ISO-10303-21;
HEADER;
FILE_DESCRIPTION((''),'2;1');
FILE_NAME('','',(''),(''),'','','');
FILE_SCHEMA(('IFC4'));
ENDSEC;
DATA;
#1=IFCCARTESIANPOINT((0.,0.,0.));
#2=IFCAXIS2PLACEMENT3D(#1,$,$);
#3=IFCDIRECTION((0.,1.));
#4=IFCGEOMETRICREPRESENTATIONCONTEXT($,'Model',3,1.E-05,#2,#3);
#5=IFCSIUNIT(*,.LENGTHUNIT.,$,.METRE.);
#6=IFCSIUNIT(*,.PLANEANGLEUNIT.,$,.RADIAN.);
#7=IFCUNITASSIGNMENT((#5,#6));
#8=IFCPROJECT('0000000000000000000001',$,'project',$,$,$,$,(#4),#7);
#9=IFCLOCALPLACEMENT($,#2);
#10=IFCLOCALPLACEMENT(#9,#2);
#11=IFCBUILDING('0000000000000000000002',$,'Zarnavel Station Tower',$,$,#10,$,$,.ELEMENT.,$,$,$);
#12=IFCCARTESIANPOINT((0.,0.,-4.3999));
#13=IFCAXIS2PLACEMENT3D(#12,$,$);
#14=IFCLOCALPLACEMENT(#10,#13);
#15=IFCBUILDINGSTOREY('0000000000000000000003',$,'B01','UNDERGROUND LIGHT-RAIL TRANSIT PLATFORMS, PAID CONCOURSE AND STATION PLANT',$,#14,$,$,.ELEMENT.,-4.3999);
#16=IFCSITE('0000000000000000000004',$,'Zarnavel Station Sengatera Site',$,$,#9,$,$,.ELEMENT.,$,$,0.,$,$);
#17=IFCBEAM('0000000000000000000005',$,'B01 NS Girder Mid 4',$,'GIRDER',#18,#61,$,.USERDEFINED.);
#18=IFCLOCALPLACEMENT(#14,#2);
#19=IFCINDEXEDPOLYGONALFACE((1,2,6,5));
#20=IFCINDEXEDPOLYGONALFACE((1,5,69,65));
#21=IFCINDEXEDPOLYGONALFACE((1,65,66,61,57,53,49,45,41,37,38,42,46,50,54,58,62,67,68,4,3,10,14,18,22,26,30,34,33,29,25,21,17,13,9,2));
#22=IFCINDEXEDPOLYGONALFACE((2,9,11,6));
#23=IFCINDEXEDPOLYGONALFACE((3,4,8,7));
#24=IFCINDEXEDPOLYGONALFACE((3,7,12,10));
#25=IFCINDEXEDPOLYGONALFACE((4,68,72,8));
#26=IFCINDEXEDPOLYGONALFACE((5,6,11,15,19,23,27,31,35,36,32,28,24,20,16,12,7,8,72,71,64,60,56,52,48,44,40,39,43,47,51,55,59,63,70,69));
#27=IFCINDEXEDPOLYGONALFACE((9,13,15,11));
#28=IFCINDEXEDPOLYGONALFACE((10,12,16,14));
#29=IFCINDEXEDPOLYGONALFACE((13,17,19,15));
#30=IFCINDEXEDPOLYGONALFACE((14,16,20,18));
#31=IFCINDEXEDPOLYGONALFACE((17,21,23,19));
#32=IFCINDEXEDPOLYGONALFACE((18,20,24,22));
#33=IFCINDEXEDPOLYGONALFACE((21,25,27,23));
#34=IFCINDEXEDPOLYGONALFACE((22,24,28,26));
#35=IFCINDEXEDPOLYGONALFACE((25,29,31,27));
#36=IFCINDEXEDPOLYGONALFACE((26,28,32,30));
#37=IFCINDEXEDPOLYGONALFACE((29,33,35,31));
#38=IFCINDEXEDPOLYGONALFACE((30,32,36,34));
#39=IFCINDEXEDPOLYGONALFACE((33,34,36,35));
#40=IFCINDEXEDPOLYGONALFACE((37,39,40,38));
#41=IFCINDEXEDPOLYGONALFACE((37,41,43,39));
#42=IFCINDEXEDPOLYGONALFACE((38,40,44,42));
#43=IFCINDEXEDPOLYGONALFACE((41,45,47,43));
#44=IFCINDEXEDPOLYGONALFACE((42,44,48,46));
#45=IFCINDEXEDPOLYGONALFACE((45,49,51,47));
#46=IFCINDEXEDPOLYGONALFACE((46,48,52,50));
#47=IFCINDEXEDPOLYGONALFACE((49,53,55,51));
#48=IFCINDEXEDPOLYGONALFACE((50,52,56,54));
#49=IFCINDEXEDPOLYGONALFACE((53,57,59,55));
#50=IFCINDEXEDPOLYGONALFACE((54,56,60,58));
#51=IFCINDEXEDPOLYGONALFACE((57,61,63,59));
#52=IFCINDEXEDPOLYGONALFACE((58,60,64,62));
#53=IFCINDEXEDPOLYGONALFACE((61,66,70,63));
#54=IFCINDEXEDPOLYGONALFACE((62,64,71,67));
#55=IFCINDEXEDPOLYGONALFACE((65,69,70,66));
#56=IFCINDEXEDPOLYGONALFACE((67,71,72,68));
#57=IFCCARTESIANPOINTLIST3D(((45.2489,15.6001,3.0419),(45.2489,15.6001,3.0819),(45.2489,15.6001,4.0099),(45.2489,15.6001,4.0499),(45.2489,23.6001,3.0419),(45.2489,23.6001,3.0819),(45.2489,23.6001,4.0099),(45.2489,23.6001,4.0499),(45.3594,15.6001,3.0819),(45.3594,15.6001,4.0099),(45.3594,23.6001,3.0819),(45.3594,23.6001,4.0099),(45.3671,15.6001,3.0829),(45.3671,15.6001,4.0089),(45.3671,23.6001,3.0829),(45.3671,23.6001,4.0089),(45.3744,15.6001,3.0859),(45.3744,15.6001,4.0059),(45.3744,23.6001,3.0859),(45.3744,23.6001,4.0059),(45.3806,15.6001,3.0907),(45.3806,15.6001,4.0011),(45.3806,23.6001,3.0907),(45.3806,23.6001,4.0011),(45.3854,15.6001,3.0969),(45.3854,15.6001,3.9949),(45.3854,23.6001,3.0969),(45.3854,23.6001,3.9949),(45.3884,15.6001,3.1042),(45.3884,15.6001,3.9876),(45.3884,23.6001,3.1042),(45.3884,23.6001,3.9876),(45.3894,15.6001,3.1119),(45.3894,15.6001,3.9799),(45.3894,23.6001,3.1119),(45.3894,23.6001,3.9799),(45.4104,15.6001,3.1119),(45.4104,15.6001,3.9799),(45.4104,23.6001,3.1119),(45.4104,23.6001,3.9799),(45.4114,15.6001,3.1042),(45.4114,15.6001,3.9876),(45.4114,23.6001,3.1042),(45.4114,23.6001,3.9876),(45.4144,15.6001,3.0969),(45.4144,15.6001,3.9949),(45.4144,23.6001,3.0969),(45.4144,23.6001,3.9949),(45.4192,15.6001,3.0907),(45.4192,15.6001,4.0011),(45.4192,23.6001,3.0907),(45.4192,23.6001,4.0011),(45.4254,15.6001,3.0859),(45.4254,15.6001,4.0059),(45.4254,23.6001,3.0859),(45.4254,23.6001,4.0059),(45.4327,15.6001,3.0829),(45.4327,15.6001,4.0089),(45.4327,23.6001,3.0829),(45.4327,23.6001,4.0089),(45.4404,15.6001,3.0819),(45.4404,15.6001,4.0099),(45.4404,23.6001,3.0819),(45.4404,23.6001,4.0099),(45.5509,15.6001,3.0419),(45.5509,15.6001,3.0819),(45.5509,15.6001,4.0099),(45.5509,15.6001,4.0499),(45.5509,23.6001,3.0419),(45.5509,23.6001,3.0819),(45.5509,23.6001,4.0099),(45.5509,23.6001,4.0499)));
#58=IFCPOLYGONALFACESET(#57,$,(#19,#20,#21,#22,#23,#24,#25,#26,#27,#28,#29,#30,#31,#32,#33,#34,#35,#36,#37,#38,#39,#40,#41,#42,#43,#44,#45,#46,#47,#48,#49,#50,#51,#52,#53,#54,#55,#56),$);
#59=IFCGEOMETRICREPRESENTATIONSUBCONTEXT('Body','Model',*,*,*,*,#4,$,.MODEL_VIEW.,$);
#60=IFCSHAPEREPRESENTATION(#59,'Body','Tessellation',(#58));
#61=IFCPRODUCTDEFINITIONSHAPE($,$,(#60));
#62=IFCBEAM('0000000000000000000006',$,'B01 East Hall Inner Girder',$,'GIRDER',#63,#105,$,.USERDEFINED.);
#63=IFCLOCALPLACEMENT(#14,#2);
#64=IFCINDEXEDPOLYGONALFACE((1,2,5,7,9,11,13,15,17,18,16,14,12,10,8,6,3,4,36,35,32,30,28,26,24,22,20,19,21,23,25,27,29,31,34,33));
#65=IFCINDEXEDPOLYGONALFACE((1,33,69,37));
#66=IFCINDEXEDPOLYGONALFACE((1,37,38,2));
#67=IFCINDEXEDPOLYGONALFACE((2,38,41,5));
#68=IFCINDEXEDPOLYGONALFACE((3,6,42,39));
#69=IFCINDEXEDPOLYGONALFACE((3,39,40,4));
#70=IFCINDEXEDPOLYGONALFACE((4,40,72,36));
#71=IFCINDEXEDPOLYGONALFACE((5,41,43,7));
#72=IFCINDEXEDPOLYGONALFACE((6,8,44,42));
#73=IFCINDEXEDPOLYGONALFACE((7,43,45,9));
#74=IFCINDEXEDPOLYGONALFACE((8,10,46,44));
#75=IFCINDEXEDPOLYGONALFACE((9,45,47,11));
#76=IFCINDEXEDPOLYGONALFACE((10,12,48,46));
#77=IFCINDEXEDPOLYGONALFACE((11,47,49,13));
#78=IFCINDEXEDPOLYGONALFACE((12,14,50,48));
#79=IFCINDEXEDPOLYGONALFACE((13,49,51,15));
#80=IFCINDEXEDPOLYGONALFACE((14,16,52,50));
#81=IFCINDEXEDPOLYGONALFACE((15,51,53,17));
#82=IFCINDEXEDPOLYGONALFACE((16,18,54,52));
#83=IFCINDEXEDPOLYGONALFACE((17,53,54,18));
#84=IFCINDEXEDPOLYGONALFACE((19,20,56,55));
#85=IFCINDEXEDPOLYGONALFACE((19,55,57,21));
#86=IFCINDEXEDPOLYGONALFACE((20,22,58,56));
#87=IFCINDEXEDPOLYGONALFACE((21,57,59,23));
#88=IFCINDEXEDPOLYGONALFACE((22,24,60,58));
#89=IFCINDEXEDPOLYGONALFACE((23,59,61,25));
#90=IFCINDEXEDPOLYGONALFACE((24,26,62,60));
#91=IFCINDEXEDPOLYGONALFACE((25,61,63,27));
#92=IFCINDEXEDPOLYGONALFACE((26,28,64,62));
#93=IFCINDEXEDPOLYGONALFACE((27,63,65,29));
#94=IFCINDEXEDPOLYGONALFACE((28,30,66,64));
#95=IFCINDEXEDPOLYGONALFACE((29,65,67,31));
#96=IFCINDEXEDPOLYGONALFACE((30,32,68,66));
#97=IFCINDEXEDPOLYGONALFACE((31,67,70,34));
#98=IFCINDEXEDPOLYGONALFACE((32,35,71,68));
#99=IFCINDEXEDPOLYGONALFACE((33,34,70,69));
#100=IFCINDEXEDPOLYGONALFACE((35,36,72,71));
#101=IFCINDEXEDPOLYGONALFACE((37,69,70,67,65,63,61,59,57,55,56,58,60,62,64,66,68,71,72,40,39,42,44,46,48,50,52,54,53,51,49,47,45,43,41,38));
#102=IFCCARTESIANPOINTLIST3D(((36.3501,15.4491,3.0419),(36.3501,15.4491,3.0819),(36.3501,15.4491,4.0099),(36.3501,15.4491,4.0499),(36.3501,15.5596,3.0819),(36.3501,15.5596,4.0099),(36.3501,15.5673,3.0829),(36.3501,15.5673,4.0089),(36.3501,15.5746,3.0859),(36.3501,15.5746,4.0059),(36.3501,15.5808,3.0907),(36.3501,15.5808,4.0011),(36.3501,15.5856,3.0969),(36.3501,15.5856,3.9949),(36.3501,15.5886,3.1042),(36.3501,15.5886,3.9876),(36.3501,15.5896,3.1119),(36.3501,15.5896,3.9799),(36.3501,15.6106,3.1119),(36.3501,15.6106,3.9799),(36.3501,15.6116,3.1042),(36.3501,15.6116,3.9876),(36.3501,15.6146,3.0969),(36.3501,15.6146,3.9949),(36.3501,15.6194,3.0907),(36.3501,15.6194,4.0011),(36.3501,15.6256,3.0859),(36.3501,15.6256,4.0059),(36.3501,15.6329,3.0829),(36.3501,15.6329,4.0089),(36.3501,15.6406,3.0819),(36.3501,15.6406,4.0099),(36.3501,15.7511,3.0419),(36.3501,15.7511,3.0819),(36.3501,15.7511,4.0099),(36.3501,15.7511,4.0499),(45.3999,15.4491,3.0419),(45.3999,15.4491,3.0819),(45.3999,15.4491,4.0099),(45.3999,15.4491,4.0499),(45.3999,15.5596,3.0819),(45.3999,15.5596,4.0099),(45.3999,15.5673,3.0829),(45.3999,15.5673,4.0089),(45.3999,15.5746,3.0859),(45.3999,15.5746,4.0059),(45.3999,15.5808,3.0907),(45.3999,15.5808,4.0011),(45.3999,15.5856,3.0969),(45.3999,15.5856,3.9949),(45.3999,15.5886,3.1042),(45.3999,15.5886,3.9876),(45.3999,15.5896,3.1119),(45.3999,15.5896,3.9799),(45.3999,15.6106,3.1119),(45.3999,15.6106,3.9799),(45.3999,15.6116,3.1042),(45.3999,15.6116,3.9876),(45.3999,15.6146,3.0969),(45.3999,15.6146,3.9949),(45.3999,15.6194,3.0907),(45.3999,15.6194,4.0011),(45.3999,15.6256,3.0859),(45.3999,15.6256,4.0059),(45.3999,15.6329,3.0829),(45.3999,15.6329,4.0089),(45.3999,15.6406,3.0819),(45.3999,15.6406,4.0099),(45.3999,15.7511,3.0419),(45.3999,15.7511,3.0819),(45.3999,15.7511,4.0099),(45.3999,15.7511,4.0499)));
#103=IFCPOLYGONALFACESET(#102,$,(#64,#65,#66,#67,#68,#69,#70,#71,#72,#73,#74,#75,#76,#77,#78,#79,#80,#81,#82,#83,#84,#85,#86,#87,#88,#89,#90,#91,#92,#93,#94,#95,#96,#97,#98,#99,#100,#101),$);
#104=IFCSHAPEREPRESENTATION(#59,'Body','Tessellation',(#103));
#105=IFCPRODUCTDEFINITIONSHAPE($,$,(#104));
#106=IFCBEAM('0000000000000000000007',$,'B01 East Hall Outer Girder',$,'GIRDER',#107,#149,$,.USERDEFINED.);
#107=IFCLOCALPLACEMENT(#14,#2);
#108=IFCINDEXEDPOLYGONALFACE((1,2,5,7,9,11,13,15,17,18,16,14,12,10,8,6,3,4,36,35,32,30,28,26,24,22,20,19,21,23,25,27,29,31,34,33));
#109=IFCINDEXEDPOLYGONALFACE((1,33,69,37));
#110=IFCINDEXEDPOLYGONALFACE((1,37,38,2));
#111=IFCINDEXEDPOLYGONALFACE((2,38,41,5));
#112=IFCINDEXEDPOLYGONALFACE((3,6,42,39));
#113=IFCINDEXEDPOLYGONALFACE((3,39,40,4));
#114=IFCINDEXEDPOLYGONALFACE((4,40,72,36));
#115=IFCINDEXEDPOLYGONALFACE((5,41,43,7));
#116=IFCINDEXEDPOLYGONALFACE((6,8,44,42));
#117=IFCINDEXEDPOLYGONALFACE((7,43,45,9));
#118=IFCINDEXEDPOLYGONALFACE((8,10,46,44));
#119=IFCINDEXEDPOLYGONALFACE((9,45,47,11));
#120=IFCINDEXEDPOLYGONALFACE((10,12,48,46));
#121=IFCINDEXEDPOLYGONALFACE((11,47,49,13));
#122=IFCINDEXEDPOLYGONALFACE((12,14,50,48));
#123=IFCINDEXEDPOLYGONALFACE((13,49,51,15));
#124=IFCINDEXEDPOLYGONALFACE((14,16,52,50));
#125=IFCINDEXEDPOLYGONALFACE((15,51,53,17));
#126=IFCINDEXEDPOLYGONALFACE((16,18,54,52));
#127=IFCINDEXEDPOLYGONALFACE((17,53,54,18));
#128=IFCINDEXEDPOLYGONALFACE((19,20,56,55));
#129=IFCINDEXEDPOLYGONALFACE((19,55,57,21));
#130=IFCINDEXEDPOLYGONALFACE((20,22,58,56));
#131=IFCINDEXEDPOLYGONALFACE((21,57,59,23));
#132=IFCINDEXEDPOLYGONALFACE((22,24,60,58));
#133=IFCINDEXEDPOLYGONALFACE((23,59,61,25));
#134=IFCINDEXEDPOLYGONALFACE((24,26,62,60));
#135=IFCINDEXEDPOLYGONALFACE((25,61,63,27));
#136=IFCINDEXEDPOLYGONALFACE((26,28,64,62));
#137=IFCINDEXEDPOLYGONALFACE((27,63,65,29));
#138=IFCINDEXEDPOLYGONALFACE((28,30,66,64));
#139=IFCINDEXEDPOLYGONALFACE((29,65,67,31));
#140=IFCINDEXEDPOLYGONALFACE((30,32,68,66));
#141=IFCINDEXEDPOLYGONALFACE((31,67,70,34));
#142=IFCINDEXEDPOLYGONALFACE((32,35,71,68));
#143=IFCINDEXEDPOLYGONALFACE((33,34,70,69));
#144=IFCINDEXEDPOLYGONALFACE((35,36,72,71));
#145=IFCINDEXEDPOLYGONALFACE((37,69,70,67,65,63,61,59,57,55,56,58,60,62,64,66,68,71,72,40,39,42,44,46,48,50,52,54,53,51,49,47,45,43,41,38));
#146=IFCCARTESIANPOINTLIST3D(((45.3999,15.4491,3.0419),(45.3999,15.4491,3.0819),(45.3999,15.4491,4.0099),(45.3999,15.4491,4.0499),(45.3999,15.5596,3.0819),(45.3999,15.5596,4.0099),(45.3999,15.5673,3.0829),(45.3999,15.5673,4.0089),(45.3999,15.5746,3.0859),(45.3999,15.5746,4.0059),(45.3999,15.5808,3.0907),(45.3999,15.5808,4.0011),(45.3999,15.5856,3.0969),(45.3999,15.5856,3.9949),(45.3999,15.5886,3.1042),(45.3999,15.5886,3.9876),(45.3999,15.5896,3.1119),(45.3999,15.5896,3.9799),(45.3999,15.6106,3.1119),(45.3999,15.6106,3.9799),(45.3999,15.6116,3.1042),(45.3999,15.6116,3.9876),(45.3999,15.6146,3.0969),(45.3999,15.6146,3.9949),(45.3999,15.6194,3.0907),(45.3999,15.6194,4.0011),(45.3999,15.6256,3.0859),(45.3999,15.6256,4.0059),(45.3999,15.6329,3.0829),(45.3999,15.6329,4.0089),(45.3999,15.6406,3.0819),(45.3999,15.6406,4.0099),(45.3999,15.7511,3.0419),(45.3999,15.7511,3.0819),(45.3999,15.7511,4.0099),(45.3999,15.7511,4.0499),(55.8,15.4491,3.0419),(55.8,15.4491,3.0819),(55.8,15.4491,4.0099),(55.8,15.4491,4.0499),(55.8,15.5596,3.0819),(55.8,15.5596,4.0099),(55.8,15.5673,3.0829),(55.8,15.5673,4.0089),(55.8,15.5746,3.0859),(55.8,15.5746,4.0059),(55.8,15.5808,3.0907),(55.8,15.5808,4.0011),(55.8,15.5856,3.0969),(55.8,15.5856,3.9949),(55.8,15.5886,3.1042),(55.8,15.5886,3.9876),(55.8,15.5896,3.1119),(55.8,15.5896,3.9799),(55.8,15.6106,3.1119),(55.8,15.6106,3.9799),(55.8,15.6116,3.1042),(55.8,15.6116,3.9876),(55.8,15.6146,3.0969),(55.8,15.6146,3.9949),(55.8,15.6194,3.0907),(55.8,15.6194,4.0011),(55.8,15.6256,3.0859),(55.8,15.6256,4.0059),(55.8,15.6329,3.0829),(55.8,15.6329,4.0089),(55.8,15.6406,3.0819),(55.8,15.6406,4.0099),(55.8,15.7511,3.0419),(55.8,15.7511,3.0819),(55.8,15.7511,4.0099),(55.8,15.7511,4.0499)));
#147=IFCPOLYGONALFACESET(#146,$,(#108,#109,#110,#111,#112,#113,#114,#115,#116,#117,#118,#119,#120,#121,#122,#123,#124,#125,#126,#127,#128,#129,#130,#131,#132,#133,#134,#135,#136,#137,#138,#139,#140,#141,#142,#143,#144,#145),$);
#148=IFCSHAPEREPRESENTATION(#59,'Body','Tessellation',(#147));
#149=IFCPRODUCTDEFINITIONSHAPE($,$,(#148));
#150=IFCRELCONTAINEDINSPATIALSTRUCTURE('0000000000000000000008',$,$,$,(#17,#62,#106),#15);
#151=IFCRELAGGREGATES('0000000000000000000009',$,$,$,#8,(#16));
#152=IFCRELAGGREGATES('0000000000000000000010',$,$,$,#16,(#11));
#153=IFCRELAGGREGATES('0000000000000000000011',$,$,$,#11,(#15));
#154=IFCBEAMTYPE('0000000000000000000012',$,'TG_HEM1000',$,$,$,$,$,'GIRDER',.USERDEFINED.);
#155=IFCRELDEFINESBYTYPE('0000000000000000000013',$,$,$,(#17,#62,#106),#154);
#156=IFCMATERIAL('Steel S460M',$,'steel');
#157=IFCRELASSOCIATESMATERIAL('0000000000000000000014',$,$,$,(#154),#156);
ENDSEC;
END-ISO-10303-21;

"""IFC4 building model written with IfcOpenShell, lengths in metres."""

from ifc_helpers import new_model, si_unit, direction, frame, origin, origin_2d, place, context, subcontext, project, spatial, i_section, extrude, material, material_profile, profile_set, type_object, element, save


model = new_model("IFC4")

# Units and contexts
model_context = context("Model", 3, precision=1e-05, world=origin(), true_north=direction((0.0, 1.0)))
body_context = subcontext(model_context, "Body", "Model", "MODEL_VIEW")
ifc_project = project(units=[si_unit("LENGTHUNIT", "METRE"), si_unit("PLANEANGLEUNIT", "RADIAN")], contexts=[model_context])

# Site, building, storey
site_placement = place(None, origin())
site = spatial("IfcSite", under=ifc_project, at=site_placement, Name="Zarnavel Station Sengatera Site", CompositionType="ELEMENT", RefElevation=0.0)
building_placement = place(site_placement, origin())
building = spatial("IfcBuilding", under=site, at=building_placement, Name="Zarnavel Station Tower", CompositionType="ELEMENT")
storey_placement = place(building_placement, frame((0.0, 0.0, -4.3999)))
storey = spatial("IfcBuildingStorey", under=building, at=storey_placement, Name="B01", Description="UNDERGROUND LIGHT-RAIL TRANSIT PLATFORMS, PAID CONCOURSE AND STATION PLANT", CompositionType="ELEMENT", Elevation=-4.3999)

# Beams
ifc_material_1 = material(Name="Steel S460M", Category="steel")
ifc_material_profile_1 = material_profile(ifc_material_1, i_section(OverallWidth=0.302, OverallDepth=1.0081, WebThickness=0.021, FlangeThickness=0.04, FilletRadius=0.03, at=origin_2d()), Name="HEM1000")
ifc_profile_set_1 = profile_set([ifc_material_profile_1], Name="Steel S460M")
beam_type_1 = type_object("IfcBeamType", Name="TG_HEM1000", ElementType="GIRDER", PredefinedType="USERDEFINED", material=ifc_profile_set_1)
beam_1_placement = place(storey_placement, frame((45.3999, 15.6001, 3.5459), z_axis=(0.0, 1.0, 0.0), x_axis=(-1.0, 0.0, 0.0)))
element("IfcBeam", 1, at=beam_1_placement, inside=storey, type_object=beam_type_1, Name="B01 NS Girder Mid 4", ObjectType="GIRDER", PredefinedType="USERDEFINED", context=body_context, shape_type="SweptSolid", body=[
    extrude(i_section(OverallWidth=0.302, OverallDepth=1.0081, WebThickness=0.021, FlangeThickness=0.04, FilletRadius=0.03, at=origin_2d()), origin(), (0.0, 0.0, 1.0), 8.0),
])
beam_2_placement = place(storey_placement, frame((36.3501, 15.6001, 3.5459), z_axis=(1.0, 0.0, 0.0), x_axis=(0.0, 1.0, 0.0)))
element("IfcBeam", 2, at=beam_2_placement, inside=storey, type_object=beam_type_1, Name="B01 East Hall Inner Girder", ObjectType="GIRDER", PredefinedType="USERDEFINED", context=body_context, shape_type="SweptSolid", body=[
    extrude(i_section(OverallWidth=0.302, OverallDepth=1.0081, WebThickness=0.021, FlangeThickness=0.04, FilletRadius=0.03, at=origin_2d()), origin(), (0.0, 0.0, 1.0), 9.0498),
])
beam_3_placement = place(storey_placement, frame((45.3999, 15.6001, 3.5459), z_axis=(1.0, 0.0, 0.0), x_axis=(0.0, 1.0, 0.0)))
element("IfcBeam", 3, at=beam_3_placement, inside=storey, type_object=beam_type_1, Name="B01 East Hall Outer Girder", ObjectType="GIRDER", PredefinedType="USERDEFINED", context=body_context, shape_type="SweptSolid", body=[
    extrude(i_section(OverallWidth=0.302, OverallDepth=1.0081, WebThickness=0.021, FlangeThickness=0.04, FilletRadius=0.03, at=origin_2d()), origin(), (0.0, 0.0, 1.0), 10.4001),
])

save(model, "model.ifc")
